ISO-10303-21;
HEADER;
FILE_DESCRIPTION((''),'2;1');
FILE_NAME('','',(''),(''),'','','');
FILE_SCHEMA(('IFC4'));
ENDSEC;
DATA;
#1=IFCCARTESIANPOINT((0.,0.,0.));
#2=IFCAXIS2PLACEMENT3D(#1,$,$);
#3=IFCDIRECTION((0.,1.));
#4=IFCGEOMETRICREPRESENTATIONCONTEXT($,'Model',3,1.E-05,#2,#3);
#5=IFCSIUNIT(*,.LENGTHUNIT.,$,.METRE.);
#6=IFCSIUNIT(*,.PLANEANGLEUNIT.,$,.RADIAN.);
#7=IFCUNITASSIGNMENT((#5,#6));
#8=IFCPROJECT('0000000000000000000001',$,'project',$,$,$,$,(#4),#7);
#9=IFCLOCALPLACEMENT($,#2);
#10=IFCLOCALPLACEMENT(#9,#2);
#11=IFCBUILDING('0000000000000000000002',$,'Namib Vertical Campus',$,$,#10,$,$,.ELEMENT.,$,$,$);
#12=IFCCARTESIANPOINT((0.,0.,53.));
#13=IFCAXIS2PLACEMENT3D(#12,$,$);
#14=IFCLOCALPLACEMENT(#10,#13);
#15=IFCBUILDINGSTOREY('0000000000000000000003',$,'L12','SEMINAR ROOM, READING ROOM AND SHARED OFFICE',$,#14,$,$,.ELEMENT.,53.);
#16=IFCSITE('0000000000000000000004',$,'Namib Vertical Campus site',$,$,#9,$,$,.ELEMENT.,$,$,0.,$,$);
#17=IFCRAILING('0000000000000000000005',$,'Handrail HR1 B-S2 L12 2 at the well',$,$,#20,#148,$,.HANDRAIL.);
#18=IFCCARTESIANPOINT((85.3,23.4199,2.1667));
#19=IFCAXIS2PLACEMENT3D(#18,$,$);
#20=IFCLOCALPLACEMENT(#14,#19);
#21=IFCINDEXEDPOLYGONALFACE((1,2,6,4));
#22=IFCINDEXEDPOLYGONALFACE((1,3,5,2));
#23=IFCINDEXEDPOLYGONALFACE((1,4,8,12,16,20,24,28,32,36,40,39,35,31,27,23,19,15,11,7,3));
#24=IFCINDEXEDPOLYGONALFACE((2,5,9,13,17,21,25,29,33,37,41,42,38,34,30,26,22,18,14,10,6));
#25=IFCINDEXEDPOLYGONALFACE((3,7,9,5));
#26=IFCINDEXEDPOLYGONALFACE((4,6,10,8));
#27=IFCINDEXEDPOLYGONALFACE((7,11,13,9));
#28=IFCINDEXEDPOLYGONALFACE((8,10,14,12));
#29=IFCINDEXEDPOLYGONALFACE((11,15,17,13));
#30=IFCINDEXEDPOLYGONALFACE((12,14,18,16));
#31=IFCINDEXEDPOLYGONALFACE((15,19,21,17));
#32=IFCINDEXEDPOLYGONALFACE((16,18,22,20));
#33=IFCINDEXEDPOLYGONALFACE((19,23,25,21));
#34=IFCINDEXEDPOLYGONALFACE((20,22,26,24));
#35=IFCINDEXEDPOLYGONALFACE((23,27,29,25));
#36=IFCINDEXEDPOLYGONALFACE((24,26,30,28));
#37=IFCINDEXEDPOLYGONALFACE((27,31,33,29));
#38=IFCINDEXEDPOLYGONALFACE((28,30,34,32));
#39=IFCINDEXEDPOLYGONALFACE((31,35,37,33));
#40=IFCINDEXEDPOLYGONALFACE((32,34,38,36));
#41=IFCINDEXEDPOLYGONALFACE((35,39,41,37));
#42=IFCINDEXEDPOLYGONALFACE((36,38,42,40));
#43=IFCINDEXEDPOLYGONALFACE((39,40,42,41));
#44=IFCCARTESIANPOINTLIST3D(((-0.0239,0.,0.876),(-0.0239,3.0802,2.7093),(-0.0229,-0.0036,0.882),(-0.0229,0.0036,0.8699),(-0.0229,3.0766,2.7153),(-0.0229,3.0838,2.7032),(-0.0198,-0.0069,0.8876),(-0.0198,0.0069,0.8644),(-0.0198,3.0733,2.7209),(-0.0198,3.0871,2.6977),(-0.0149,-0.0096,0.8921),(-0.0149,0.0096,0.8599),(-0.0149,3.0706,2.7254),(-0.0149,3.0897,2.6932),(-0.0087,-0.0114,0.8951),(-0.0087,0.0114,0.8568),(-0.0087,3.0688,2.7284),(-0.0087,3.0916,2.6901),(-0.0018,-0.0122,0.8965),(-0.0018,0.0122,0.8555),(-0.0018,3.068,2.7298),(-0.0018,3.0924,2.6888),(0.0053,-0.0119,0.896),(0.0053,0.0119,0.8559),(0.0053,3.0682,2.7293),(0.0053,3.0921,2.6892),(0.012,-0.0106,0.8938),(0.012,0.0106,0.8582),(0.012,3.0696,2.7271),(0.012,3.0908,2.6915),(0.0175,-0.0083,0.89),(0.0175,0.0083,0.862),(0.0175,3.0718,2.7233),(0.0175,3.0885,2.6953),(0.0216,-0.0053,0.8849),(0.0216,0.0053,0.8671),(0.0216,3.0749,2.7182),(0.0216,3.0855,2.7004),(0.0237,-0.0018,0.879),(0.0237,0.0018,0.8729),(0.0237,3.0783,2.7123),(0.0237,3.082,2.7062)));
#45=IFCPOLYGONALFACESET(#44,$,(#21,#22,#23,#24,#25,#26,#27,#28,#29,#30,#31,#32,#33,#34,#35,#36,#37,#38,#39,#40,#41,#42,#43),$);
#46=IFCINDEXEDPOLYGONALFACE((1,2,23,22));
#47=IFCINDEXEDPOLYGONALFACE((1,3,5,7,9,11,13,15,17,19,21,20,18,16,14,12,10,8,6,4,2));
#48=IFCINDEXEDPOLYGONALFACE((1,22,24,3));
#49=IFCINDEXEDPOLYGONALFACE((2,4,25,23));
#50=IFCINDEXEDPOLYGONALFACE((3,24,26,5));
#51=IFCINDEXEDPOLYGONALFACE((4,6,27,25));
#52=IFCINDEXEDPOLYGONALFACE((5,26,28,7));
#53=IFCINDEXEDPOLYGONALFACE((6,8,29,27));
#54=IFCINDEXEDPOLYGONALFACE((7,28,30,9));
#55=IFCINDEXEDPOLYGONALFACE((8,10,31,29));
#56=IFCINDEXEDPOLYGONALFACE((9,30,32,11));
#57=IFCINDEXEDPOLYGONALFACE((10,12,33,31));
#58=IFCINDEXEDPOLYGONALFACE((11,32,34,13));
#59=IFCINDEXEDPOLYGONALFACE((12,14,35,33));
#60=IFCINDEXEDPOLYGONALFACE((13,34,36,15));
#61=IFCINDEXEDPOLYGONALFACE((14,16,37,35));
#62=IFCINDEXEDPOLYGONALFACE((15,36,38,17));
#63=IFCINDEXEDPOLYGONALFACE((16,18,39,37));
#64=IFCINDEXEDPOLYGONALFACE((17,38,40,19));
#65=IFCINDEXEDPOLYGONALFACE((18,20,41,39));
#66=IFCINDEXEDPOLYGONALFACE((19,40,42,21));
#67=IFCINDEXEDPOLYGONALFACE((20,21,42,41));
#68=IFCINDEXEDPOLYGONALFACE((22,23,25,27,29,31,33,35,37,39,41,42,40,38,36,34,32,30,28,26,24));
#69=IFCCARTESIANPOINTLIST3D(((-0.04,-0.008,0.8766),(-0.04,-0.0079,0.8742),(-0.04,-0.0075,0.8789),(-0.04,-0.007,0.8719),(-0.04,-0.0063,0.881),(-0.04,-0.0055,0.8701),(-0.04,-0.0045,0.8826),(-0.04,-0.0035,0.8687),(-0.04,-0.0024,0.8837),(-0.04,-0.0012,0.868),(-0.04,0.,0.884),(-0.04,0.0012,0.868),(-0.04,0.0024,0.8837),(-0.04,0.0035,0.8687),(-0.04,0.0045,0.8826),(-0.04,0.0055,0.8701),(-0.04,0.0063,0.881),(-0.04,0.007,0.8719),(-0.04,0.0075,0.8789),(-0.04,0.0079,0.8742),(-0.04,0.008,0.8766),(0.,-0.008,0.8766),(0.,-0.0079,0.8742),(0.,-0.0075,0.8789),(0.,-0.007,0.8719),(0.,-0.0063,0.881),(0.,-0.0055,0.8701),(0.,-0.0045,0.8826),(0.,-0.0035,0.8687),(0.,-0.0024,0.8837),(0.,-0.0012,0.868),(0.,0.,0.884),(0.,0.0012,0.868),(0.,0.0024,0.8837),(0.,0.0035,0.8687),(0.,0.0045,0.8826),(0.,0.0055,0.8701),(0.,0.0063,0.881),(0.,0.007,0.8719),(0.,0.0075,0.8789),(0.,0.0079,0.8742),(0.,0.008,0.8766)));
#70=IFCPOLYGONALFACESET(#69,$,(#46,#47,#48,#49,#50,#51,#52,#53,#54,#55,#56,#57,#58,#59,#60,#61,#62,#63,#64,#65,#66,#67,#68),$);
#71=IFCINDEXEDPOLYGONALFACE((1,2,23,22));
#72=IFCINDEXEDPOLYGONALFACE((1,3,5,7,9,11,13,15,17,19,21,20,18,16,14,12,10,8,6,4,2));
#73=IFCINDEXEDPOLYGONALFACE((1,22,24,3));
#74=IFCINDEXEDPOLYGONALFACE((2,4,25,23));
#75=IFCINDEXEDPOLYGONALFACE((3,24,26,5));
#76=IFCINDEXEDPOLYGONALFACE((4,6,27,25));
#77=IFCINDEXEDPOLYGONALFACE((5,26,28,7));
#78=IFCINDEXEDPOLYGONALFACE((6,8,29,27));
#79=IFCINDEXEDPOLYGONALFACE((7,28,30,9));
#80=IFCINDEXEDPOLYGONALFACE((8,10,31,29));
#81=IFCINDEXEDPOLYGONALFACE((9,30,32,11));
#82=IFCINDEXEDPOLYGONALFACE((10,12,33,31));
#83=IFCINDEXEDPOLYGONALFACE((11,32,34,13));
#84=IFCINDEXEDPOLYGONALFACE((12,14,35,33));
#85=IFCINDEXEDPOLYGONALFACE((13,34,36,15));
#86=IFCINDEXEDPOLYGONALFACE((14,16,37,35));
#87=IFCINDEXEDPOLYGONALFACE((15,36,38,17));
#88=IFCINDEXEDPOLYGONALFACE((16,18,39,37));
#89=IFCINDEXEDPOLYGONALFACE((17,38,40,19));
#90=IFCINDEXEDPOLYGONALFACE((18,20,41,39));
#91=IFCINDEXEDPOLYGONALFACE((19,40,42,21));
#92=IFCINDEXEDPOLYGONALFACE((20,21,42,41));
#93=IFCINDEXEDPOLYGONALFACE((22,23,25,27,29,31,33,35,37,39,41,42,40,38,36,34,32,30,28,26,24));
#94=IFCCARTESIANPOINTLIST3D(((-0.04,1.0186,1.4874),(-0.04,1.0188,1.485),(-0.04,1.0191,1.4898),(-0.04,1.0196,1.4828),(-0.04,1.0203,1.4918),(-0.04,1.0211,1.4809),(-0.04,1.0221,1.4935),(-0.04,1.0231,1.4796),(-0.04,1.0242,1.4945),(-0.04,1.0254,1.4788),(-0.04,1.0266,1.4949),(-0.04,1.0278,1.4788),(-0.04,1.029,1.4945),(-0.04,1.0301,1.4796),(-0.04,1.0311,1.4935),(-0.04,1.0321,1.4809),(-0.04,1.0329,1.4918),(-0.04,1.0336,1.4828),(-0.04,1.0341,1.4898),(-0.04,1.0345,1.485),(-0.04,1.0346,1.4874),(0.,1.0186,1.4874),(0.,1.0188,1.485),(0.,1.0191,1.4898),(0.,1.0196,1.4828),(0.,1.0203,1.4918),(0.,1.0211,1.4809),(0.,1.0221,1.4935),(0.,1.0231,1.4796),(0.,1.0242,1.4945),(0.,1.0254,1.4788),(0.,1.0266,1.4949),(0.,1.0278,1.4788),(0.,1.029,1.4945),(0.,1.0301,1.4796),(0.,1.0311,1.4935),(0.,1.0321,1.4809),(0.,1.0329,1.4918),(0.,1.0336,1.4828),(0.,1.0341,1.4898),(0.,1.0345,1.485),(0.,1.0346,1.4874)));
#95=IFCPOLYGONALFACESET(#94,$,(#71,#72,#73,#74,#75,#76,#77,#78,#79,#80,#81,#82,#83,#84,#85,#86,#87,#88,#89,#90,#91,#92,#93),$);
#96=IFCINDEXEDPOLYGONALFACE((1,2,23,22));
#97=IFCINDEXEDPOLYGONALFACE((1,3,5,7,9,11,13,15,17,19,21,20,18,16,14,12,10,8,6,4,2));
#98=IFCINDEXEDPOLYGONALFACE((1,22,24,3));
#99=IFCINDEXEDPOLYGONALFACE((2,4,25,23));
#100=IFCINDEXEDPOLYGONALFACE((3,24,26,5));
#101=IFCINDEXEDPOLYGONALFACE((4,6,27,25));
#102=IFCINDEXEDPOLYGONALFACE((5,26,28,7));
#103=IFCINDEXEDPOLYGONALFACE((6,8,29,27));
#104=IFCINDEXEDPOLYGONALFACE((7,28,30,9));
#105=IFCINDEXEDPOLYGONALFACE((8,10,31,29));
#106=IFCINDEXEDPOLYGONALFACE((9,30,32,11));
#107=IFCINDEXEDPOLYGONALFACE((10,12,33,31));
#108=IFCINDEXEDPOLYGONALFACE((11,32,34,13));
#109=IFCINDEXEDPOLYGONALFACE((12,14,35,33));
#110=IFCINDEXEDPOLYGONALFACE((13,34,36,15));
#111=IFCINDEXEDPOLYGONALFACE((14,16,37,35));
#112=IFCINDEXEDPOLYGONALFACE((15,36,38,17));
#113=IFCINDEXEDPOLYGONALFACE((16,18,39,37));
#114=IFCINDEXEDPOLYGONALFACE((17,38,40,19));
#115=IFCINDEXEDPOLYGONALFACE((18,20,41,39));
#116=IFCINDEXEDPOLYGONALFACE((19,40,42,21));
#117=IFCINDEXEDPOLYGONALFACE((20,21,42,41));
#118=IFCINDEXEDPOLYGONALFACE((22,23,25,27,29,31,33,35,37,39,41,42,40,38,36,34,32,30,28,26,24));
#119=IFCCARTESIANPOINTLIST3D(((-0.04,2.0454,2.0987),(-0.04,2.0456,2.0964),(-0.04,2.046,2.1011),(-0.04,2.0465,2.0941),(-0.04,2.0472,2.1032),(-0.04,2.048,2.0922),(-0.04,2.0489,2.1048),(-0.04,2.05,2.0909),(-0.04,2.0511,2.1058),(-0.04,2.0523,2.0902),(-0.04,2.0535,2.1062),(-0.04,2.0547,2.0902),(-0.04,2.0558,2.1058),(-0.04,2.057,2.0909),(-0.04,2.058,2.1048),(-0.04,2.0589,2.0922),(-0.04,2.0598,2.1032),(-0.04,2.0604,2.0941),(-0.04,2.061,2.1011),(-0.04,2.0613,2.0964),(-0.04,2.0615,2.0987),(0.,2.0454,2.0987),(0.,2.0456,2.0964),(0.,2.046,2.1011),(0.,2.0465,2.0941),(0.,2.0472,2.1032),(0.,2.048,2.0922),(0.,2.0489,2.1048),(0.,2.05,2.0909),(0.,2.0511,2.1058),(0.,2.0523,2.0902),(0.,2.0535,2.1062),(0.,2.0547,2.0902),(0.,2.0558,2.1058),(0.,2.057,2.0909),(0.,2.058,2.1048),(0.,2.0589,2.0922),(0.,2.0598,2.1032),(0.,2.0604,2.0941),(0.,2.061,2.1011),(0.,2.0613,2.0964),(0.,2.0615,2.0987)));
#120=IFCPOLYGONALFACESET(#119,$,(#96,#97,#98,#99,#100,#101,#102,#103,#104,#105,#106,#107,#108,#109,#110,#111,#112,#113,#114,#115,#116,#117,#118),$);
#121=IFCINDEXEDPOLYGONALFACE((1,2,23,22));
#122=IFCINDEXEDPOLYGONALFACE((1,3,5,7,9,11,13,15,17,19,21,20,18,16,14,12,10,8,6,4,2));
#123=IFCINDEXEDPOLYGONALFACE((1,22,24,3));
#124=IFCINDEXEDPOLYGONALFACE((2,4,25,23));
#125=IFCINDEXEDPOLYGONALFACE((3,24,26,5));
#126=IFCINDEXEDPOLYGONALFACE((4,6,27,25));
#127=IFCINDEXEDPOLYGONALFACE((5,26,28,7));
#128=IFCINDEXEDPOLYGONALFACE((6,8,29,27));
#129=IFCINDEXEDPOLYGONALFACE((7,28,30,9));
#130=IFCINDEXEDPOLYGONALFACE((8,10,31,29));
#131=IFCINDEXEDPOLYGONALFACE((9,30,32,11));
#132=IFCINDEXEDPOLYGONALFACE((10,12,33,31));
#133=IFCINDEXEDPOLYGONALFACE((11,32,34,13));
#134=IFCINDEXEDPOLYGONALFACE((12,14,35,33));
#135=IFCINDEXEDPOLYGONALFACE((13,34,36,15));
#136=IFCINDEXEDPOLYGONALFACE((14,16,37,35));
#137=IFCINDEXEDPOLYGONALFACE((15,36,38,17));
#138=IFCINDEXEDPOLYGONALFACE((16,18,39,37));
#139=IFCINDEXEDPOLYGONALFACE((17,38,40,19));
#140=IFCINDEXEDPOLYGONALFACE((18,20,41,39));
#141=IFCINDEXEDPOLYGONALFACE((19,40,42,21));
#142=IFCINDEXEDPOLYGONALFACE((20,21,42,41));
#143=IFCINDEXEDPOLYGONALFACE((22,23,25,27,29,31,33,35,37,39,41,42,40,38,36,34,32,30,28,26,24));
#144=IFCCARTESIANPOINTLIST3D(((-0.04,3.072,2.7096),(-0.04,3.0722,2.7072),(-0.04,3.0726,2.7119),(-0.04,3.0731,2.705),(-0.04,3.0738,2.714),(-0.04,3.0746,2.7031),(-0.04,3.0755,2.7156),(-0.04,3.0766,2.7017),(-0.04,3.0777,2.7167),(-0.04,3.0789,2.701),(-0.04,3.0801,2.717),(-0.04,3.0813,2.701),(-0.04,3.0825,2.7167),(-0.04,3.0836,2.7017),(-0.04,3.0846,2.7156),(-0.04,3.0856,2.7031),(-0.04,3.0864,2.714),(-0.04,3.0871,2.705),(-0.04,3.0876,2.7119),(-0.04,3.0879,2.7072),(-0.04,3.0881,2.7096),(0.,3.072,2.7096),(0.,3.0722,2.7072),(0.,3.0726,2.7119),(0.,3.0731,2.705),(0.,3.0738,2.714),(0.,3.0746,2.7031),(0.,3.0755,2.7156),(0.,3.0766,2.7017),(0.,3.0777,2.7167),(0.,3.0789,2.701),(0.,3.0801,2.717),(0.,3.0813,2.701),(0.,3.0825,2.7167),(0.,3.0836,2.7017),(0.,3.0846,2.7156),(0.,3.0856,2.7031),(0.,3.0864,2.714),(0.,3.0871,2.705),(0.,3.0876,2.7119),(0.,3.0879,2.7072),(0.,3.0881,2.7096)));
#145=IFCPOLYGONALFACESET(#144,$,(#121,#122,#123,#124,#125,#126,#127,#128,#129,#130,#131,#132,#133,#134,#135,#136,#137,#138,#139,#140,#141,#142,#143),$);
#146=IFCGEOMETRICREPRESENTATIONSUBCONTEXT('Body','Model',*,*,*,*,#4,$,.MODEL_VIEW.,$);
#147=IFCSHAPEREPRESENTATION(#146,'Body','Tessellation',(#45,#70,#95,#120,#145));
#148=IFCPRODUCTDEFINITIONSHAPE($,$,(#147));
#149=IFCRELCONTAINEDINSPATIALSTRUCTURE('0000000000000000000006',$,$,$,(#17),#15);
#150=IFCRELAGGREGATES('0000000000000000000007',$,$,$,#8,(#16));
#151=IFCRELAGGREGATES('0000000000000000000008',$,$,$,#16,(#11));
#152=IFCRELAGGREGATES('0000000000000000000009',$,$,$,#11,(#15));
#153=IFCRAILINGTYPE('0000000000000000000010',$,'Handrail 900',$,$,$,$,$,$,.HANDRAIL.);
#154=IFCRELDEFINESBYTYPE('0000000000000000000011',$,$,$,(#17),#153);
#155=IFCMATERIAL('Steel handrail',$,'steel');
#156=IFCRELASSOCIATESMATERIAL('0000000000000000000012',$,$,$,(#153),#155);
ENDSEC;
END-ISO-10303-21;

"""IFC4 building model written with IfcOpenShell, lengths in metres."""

from ifc_helpers import new_model, si_unit, direction, frame, origin, origin_2d, place, context, subcontext, project, spatial, circle, extrude, material, type_object, element, save


model = new_model("IFC4")

# Units and contexts
model_context = context("Model", 3, precision=1e-05, world=origin(), true_north=direction((0.0, 1.0)))
body_context = subcontext(model_context, "Body", "Model", "MODEL_VIEW")
ifc_project = project(units=[si_unit("LENGTHUNIT", "METRE"), si_unit("PLANEANGLEUNIT", "RADIAN")], contexts=[model_context])

# Site, building, storey
site_placement = place(None, origin())
site = spatial("IfcSite", under=ifc_project, at=site_placement, Name="Namib Vertical Campus site", CompositionType="ELEMENT", RefElevation=0.0)
building_placement = place(site_placement, origin())
building = spatial("IfcBuilding", under=site, at=building_placement, Name="Namib Vertical Campus", CompositionType="ELEMENT")
storey_placement = place(building_placement, frame((0.0, 0.0, 53.0)))
storey = spatial("IfcBuildingStorey", under=building, at=storey_placement, Name="L12", Description="SEMINAR ROOM, READING ROOM AND SHARED OFFICE", CompositionType="ELEMENT", Elevation=53.0)

# Railing
ifc_material_1 = material(Name="Steel handrail", Category="steel")
railing_type_1 = type_object("IfcRailingType", Name="Handrail 900", PredefinedType="HANDRAIL", material=ifc_material_1)
railing_1_placement = place(storey_placement, frame((85.3, 23.4199, 2.1667)))
element("IfcRailing", 1, at=railing_1_placement, inside=storey, type_object=railing_type_1, Name="Handrail HR1 B-S2 L12 2 at the well", PredefinedType="HANDRAIL", context=body_context, shape_type="SweptSolid", body=[
    extrude(circle(Radius=0.0239, at=origin_2d()), frame((0.0, 0.0, 0.876), z_axis=(0.0, 0.859309, 0.511458), x_axis=(-1.0, 0.0, 0.0)), (0.0, 0.0, 1.0), 3.5845),
    extrude(circle(Radius=0.0081, at=origin_2d()), frame((0.0, 0.0, 0.876), z_axis=(-1.0, 0.0, 0.0), x_axis=(0.0, 0.0, 1.0)), (0.0, 0.0, 1.0), 0.04),
    extrude(circle(Radius=0.0081, at=origin_2d()), frame((0.0, 1.0266, 1.4868), z_axis=(-1.0, 0.0, 0.0), x_axis=(0.0, 0.0, 1.0)), (0.0, 0.0, 1.0), 0.04),
    extrude(circle(Radius=0.0081, at=origin_2d()), frame((0.0, 2.0535, 2.0981), z_axis=(-1.0, 0.0, 0.0), x_axis=(0.0, 0.0, 1.0)), (0.0, 0.0, 1.0), 0.04),
    extrude(circle(Radius=0.0081, at=origin_2d()), frame((0.0, 3.0801, 2.709), z_axis=(-1.0, 0.0, 0.0), x_axis=(0.0, 0.0, 1.0)), (0.0, 0.0, 1.0), 0.04),
])

save(model, "model.ifc")
